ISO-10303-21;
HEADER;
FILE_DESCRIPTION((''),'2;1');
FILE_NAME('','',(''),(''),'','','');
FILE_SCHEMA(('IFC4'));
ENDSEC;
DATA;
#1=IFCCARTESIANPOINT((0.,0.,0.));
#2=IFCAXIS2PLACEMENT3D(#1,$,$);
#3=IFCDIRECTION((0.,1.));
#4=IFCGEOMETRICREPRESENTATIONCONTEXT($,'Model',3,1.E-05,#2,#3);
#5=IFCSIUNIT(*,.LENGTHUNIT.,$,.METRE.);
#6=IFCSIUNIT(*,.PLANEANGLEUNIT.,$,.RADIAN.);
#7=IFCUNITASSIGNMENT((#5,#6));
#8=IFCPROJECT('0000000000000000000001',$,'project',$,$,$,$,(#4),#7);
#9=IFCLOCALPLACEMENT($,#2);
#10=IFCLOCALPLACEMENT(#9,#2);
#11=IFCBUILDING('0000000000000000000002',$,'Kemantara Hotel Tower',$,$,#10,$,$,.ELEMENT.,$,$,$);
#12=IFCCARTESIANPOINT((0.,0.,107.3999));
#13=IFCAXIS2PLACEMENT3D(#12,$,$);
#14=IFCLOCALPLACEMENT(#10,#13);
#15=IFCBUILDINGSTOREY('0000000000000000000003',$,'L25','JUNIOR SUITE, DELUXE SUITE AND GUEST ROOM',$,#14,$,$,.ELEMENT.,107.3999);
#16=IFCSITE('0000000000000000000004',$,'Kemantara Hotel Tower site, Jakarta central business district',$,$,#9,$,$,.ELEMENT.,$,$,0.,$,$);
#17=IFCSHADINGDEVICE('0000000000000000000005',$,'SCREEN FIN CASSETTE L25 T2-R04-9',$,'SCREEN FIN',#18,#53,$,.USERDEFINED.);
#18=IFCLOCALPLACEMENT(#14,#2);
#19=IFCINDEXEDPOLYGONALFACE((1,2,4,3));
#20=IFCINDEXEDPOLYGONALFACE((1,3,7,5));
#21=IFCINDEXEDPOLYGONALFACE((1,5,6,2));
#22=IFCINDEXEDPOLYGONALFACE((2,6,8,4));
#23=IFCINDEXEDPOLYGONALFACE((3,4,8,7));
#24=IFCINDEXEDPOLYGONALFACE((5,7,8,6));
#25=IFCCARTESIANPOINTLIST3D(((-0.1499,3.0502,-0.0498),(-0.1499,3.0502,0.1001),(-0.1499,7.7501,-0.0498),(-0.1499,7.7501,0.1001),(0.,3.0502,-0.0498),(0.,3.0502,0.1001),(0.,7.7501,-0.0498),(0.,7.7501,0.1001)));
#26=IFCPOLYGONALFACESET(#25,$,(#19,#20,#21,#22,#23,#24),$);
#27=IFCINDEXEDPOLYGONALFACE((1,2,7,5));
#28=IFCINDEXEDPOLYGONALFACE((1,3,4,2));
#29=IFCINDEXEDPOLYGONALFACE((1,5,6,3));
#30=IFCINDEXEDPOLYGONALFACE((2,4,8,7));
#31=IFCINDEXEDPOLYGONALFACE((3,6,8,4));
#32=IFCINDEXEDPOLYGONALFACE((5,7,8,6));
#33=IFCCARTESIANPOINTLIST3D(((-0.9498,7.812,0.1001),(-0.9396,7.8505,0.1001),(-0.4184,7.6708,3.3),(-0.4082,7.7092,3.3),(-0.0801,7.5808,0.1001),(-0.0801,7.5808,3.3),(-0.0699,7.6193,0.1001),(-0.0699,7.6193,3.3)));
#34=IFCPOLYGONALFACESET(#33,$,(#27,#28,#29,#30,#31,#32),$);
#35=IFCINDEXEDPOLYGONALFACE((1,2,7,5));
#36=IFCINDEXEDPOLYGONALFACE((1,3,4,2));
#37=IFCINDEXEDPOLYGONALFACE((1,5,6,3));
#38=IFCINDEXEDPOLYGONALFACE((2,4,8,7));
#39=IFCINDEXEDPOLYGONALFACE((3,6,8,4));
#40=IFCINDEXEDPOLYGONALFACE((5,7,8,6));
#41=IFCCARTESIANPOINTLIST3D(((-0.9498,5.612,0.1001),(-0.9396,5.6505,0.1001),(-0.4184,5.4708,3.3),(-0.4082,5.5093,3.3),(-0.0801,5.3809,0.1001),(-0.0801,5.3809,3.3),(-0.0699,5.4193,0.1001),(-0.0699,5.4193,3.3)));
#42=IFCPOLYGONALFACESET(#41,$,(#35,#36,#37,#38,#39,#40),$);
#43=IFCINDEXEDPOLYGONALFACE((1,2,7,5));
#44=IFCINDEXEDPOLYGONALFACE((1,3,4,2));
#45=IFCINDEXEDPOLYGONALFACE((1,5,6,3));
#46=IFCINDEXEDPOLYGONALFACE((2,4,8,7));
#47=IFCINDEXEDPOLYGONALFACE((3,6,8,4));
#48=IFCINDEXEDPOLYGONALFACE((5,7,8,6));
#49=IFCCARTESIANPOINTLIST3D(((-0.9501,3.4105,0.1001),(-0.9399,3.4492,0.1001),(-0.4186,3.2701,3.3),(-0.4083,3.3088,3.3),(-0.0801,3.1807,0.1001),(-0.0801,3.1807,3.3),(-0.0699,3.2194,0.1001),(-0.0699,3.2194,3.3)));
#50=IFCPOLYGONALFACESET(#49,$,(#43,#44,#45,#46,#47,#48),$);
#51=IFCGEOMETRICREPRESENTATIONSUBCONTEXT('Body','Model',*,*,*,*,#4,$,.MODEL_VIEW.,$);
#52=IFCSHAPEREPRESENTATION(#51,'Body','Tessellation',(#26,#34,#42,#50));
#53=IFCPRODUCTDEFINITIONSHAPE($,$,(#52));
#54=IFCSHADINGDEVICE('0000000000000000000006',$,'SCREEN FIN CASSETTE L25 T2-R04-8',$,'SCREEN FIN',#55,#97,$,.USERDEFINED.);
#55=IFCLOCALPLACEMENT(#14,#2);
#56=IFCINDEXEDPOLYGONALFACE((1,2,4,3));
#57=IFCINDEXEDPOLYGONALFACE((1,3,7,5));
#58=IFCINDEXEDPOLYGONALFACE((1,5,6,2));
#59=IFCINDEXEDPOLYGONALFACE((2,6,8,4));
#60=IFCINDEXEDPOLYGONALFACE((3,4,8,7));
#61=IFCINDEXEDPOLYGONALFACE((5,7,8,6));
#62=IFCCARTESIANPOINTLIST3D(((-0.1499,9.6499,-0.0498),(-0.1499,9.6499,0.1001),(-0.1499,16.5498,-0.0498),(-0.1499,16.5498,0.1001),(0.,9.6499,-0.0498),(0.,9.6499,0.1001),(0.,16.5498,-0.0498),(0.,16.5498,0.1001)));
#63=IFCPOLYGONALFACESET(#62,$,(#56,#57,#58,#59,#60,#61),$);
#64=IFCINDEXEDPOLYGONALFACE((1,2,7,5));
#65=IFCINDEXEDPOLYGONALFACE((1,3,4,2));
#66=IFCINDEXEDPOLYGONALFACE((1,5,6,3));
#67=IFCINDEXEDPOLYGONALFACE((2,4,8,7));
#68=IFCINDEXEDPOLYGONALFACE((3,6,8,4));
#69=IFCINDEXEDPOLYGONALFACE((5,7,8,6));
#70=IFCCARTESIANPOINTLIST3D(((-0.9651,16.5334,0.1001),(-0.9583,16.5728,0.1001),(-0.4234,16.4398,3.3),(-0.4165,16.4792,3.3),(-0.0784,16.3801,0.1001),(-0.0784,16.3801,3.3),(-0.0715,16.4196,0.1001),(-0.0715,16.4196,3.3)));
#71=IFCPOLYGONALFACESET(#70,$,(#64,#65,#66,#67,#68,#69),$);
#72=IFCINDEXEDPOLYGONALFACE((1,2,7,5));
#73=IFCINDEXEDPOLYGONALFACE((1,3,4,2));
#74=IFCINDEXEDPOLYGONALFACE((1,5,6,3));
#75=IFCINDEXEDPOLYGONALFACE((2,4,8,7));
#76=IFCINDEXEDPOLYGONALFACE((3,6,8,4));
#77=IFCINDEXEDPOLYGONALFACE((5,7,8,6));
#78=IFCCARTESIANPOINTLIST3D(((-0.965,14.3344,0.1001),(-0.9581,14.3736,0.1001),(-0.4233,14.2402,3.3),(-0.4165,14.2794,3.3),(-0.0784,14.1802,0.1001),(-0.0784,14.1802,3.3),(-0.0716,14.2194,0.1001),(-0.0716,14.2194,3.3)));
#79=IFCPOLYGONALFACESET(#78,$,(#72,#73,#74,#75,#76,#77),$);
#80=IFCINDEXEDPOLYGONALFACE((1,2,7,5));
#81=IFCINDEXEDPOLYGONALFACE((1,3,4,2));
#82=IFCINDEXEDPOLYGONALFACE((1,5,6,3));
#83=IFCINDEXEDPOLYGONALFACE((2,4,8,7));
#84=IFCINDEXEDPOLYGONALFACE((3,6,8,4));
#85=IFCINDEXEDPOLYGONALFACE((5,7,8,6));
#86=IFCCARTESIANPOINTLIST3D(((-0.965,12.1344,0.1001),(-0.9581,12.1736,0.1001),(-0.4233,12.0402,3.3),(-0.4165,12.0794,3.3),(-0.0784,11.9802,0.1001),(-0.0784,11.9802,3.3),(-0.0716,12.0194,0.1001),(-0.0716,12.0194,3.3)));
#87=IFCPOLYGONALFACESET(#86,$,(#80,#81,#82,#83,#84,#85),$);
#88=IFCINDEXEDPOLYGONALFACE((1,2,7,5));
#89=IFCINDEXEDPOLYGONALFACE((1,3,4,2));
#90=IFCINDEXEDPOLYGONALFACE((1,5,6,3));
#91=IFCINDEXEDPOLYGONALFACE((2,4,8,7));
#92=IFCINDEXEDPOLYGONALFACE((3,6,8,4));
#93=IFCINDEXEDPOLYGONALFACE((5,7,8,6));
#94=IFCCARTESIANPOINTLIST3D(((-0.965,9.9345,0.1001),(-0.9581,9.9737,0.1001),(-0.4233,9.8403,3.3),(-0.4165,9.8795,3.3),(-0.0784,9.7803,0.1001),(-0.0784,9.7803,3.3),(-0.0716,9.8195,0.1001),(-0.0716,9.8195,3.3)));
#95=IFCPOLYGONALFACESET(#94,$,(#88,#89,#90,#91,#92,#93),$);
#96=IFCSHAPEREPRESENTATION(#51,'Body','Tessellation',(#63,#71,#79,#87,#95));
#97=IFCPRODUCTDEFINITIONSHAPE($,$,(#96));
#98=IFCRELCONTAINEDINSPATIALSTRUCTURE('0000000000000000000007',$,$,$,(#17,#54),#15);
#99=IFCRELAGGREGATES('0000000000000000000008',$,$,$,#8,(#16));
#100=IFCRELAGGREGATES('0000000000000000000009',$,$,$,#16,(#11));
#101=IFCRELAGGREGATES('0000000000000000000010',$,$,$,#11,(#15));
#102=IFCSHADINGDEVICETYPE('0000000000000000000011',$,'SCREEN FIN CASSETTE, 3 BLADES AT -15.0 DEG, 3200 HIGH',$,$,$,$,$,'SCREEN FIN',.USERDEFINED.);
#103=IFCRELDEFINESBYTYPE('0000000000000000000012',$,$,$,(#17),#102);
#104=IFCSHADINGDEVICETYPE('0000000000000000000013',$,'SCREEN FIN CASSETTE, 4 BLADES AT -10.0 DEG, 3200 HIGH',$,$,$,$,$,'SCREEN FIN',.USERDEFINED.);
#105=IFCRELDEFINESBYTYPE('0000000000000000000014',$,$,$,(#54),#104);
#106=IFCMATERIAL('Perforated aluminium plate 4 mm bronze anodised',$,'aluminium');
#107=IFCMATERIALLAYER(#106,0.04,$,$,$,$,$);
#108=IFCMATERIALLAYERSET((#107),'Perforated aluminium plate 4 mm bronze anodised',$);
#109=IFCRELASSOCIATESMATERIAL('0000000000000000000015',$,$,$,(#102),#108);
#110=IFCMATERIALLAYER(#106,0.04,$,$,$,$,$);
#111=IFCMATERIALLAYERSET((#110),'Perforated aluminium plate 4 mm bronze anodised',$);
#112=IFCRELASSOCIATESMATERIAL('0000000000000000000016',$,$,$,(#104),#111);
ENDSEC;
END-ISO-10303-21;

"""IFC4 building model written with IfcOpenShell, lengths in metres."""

from ifc_helpers import new_model, si_unit, direction, frame, origin, origin_2d, place, context, subcontext, project, spatial, polyline, rectangle, outline, extrude, source, transform, mapped, material, layer, layer_set, type_object, element, save


model = new_model("IFC4")

# Units and contexts
model_context = context("Model", 3, precision=1e-05, world=origin(), true_north=direction((0.0, 1.0)))
body_context = subcontext(model_context, "Body", "Model", "MODEL_VIEW")
ifc_project = project(units=[si_unit("LENGTHUNIT", "METRE"), si_unit("PLANEANGLEUNIT", "RADIAN")], contexts=[model_context])

# Site, building, storey
site_placement = place(None, origin())
site = spatial("IfcSite", under=ifc_project, at=site_placement, Name="Kemantara Hotel Tower site, Jakarta central business district", CompositionType="ELEMENT", RefElevation=0.0)
building_placement = place(site_placement, origin())
building = spatial("IfcBuilding", under=site, at=building_placement, Name="Kemantara Hotel Tower", CompositionType="ELEMENT")
storey_placement = place(building_placement, frame((0.0, 0.0, 107.3999)))
storey = spatial("IfcBuildingStorey", under=building, at=storey_placement, Name="L25", Description="JUNIOR SUITE, DELUXE SUITE AND GUEST ROOM", CompositionType="ELEMENT", Elevation=107.3999)

# Shading devices
ifc_material_1 = material(Name="Perforated aluminium plate 4 mm bronze anodised", Category="aluminium")
ifc_layer_1 = layer(ifc_material_1, 0.04)
ifc_layer_set_1 = layer_set([ifc_layer_1], Name="Perforated aluminium plate 4 mm bronze anodised")
shading_device_type_1 = type_object("IfcShadingDeviceType", Name="SCREEN FIN CASSETTE, 3 BLADES AT -15.0 DEG, 3200 HIGH", ElementType="SCREEN FIN", PredefinedType="USERDEFINED", material=ifc_layer_set_1)
shared_shape_1 = source(origin(), body_context, "Body", "SweptSolid", [
    extrude(rectangle(XDim=4.7, YDim=0.1499, at=origin_2d()), frame((2.2, -0.075, -0.1499), z_axis=(0.0, 0.0, 1.0), x_axis=(1.0, 0.0, 0.0)), (0.0, 0.0, 1.0), 0.1499),
    extrude(outline(polyline([(0.0, 0.0), (0.8999, 0.0), (0.3501, 3.2), (0.0, 3.2), (0.0, 0.0)])), frame((0.0193, -0.0801, 0.0), z_axis=(-0.966438, 0.256901, 0.0), x_axis=(-0.256901, -0.966438, 0.0)), (0.0, 0.0, 1.0), 0.0398),
    extrude(outline(polyline([(0.0, 0.0), (0.8999, 0.0), (0.3501, 3.2), (0.0, 3.2), (0.0, 0.0)])), frame((2.2192, -0.0801, 0.0), z_axis=(-0.966438, 0.256901, 0.0), x_axis=(-0.256901, -0.966438, 0.0)), (0.0, 0.0, 1.0), 0.0398),
    extrude(outline(polyline([(0.0, 0.0), (0.8999, 0.0), (0.3501, 3.2), (0.0, 3.2), (0.0, 0.0)])), frame((4.4194, -0.0801, 0.0), z_axis=(-0.966838, 0.255391, 0.0), x_axis=(-0.255391, -0.966838, 0.0)), (0.0, 0.0, 1.0), 0.04),
])
shading_device_1_placement = place(storey_placement, frame((0.0, 7.6001, 0.1001), z_axis=(0.0, 0.0, 1.0), x_axis=(0.0, -1.0, 0.0)))
element("IfcShadingDevice", 1, at=shading_device_1_placement, inside=storey, type_object=shading_device_type_1, Name="SCREEN FIN CASSETTE L25 T2-R04-9", ObjectType="SCREEN FIN", PredefinedType="USERDEFINED", context=body_context, shape_type="MappedRepresentation", body=[
    mapped(shared_shape_1, transform((0.0, 0.0, 0.0))),
])
ifc_layer_2 = layer(ifc_material_1, 0.04)
ifc_layer_set_2 = layer_set([ifc_layer_2], Name="Perforated aluminium plate 4 mm bronze anodised")
shading_device_type_2 = type_object("IfcShadingDeviceType", Name="SCREEN FIN CASSETTE, 4 BLADES AT -10.0 DEG, 3200 HIGH", ElementType="SCREEN FIN", PredefinedType="USERDEFINED", material=ifc_layer_set_2)
shared_shape_2 = source(origin(), body_context, "Body", "SweptSolid", [
    extrude(rectangle(XDim=6.8999, YDim=0.1499, at=origin_2d()), frame((3.3, -0.075, -0.1499), z_axis=(0.0, 0.0, 1.0), x_axis=(1.0, 0.0, 0.0)), (0.0, 0.0, 1.0), 0.1499),
    extrude(outline(polyline([(0.0, 0.0), (0.8999, 0.0), (0.3501, 3.2), (0.0, 3.2), (0.0, 0.0)])), frame((0.0198, -0.0784, 0.0), z_axis=(-0.98539, 0.170314, 0.0), x_axis=(-0.170314, -0.98539, 0.0)), (0.0, 0.0, 1.0), 0.04),
    extrude(outline(polyline([(0.0, 0.0), (0.8999, 0.0), (0.3501, 3.2), (0.0, 3.2), (0.0, 0.0)])), frame((2.2197, -0.0784, 0.0), z_axis=(-0.985212, 0.171341, 0.0), x_axis=(-0.171341, -0.985212, 0.0)), (0.0, 0.0, 1.0), 0.0398),
    extrude(outline(polyline([(0.0, 0.0), (0.8999, 0.0), (0.3501, 3.2), (0.0, 3.2), (0.0, 0.0)])), frame((4.4197, -0.0784, 0.0), z_axis=(-0.985212, 0.171341, 0.0), x_axis=(-0.171341, -0.985212, 0.0)), (0.0, 0.0, 1.0), 0.0398),
    extrude(outline(polyline([(0.0, 0.0), (0.8999, 0.0), (0.3501, 3.2), (0.0, 3.2), (0.0, 0.0)])), frame((6.6196, -0.0784, 0.0), z_axis=(-0.985212, 0.171341, 0.0), x_axis=(-0.171341, -0.985212, 0.0)), (0.0, 0.0, 1.0), 0.0398),
])
shading_device_2_placement = place(storey_placement, frame((0.0, 16.3999, 0.1001), z_axis=(0.0, 0.0, 1.0), x_axis=(0.0, -1.0, 0.0)))
element("IfcShadingDevice", 2, at=shading_device_2_placement, inside=storey, type_object=shading_device_type_2, Name="SCREEN FIN CASSETTE L25 T2-R04-8", ObjectType="SCREEN FIN", PredefinedType="USERDEFINED", context=body_context, shape_type="MappedRepresentation", body=[
    mapped(shared_shape_2, transform((0.0, 0.0, 0.0))),
])

save(model, "model.ifc")
